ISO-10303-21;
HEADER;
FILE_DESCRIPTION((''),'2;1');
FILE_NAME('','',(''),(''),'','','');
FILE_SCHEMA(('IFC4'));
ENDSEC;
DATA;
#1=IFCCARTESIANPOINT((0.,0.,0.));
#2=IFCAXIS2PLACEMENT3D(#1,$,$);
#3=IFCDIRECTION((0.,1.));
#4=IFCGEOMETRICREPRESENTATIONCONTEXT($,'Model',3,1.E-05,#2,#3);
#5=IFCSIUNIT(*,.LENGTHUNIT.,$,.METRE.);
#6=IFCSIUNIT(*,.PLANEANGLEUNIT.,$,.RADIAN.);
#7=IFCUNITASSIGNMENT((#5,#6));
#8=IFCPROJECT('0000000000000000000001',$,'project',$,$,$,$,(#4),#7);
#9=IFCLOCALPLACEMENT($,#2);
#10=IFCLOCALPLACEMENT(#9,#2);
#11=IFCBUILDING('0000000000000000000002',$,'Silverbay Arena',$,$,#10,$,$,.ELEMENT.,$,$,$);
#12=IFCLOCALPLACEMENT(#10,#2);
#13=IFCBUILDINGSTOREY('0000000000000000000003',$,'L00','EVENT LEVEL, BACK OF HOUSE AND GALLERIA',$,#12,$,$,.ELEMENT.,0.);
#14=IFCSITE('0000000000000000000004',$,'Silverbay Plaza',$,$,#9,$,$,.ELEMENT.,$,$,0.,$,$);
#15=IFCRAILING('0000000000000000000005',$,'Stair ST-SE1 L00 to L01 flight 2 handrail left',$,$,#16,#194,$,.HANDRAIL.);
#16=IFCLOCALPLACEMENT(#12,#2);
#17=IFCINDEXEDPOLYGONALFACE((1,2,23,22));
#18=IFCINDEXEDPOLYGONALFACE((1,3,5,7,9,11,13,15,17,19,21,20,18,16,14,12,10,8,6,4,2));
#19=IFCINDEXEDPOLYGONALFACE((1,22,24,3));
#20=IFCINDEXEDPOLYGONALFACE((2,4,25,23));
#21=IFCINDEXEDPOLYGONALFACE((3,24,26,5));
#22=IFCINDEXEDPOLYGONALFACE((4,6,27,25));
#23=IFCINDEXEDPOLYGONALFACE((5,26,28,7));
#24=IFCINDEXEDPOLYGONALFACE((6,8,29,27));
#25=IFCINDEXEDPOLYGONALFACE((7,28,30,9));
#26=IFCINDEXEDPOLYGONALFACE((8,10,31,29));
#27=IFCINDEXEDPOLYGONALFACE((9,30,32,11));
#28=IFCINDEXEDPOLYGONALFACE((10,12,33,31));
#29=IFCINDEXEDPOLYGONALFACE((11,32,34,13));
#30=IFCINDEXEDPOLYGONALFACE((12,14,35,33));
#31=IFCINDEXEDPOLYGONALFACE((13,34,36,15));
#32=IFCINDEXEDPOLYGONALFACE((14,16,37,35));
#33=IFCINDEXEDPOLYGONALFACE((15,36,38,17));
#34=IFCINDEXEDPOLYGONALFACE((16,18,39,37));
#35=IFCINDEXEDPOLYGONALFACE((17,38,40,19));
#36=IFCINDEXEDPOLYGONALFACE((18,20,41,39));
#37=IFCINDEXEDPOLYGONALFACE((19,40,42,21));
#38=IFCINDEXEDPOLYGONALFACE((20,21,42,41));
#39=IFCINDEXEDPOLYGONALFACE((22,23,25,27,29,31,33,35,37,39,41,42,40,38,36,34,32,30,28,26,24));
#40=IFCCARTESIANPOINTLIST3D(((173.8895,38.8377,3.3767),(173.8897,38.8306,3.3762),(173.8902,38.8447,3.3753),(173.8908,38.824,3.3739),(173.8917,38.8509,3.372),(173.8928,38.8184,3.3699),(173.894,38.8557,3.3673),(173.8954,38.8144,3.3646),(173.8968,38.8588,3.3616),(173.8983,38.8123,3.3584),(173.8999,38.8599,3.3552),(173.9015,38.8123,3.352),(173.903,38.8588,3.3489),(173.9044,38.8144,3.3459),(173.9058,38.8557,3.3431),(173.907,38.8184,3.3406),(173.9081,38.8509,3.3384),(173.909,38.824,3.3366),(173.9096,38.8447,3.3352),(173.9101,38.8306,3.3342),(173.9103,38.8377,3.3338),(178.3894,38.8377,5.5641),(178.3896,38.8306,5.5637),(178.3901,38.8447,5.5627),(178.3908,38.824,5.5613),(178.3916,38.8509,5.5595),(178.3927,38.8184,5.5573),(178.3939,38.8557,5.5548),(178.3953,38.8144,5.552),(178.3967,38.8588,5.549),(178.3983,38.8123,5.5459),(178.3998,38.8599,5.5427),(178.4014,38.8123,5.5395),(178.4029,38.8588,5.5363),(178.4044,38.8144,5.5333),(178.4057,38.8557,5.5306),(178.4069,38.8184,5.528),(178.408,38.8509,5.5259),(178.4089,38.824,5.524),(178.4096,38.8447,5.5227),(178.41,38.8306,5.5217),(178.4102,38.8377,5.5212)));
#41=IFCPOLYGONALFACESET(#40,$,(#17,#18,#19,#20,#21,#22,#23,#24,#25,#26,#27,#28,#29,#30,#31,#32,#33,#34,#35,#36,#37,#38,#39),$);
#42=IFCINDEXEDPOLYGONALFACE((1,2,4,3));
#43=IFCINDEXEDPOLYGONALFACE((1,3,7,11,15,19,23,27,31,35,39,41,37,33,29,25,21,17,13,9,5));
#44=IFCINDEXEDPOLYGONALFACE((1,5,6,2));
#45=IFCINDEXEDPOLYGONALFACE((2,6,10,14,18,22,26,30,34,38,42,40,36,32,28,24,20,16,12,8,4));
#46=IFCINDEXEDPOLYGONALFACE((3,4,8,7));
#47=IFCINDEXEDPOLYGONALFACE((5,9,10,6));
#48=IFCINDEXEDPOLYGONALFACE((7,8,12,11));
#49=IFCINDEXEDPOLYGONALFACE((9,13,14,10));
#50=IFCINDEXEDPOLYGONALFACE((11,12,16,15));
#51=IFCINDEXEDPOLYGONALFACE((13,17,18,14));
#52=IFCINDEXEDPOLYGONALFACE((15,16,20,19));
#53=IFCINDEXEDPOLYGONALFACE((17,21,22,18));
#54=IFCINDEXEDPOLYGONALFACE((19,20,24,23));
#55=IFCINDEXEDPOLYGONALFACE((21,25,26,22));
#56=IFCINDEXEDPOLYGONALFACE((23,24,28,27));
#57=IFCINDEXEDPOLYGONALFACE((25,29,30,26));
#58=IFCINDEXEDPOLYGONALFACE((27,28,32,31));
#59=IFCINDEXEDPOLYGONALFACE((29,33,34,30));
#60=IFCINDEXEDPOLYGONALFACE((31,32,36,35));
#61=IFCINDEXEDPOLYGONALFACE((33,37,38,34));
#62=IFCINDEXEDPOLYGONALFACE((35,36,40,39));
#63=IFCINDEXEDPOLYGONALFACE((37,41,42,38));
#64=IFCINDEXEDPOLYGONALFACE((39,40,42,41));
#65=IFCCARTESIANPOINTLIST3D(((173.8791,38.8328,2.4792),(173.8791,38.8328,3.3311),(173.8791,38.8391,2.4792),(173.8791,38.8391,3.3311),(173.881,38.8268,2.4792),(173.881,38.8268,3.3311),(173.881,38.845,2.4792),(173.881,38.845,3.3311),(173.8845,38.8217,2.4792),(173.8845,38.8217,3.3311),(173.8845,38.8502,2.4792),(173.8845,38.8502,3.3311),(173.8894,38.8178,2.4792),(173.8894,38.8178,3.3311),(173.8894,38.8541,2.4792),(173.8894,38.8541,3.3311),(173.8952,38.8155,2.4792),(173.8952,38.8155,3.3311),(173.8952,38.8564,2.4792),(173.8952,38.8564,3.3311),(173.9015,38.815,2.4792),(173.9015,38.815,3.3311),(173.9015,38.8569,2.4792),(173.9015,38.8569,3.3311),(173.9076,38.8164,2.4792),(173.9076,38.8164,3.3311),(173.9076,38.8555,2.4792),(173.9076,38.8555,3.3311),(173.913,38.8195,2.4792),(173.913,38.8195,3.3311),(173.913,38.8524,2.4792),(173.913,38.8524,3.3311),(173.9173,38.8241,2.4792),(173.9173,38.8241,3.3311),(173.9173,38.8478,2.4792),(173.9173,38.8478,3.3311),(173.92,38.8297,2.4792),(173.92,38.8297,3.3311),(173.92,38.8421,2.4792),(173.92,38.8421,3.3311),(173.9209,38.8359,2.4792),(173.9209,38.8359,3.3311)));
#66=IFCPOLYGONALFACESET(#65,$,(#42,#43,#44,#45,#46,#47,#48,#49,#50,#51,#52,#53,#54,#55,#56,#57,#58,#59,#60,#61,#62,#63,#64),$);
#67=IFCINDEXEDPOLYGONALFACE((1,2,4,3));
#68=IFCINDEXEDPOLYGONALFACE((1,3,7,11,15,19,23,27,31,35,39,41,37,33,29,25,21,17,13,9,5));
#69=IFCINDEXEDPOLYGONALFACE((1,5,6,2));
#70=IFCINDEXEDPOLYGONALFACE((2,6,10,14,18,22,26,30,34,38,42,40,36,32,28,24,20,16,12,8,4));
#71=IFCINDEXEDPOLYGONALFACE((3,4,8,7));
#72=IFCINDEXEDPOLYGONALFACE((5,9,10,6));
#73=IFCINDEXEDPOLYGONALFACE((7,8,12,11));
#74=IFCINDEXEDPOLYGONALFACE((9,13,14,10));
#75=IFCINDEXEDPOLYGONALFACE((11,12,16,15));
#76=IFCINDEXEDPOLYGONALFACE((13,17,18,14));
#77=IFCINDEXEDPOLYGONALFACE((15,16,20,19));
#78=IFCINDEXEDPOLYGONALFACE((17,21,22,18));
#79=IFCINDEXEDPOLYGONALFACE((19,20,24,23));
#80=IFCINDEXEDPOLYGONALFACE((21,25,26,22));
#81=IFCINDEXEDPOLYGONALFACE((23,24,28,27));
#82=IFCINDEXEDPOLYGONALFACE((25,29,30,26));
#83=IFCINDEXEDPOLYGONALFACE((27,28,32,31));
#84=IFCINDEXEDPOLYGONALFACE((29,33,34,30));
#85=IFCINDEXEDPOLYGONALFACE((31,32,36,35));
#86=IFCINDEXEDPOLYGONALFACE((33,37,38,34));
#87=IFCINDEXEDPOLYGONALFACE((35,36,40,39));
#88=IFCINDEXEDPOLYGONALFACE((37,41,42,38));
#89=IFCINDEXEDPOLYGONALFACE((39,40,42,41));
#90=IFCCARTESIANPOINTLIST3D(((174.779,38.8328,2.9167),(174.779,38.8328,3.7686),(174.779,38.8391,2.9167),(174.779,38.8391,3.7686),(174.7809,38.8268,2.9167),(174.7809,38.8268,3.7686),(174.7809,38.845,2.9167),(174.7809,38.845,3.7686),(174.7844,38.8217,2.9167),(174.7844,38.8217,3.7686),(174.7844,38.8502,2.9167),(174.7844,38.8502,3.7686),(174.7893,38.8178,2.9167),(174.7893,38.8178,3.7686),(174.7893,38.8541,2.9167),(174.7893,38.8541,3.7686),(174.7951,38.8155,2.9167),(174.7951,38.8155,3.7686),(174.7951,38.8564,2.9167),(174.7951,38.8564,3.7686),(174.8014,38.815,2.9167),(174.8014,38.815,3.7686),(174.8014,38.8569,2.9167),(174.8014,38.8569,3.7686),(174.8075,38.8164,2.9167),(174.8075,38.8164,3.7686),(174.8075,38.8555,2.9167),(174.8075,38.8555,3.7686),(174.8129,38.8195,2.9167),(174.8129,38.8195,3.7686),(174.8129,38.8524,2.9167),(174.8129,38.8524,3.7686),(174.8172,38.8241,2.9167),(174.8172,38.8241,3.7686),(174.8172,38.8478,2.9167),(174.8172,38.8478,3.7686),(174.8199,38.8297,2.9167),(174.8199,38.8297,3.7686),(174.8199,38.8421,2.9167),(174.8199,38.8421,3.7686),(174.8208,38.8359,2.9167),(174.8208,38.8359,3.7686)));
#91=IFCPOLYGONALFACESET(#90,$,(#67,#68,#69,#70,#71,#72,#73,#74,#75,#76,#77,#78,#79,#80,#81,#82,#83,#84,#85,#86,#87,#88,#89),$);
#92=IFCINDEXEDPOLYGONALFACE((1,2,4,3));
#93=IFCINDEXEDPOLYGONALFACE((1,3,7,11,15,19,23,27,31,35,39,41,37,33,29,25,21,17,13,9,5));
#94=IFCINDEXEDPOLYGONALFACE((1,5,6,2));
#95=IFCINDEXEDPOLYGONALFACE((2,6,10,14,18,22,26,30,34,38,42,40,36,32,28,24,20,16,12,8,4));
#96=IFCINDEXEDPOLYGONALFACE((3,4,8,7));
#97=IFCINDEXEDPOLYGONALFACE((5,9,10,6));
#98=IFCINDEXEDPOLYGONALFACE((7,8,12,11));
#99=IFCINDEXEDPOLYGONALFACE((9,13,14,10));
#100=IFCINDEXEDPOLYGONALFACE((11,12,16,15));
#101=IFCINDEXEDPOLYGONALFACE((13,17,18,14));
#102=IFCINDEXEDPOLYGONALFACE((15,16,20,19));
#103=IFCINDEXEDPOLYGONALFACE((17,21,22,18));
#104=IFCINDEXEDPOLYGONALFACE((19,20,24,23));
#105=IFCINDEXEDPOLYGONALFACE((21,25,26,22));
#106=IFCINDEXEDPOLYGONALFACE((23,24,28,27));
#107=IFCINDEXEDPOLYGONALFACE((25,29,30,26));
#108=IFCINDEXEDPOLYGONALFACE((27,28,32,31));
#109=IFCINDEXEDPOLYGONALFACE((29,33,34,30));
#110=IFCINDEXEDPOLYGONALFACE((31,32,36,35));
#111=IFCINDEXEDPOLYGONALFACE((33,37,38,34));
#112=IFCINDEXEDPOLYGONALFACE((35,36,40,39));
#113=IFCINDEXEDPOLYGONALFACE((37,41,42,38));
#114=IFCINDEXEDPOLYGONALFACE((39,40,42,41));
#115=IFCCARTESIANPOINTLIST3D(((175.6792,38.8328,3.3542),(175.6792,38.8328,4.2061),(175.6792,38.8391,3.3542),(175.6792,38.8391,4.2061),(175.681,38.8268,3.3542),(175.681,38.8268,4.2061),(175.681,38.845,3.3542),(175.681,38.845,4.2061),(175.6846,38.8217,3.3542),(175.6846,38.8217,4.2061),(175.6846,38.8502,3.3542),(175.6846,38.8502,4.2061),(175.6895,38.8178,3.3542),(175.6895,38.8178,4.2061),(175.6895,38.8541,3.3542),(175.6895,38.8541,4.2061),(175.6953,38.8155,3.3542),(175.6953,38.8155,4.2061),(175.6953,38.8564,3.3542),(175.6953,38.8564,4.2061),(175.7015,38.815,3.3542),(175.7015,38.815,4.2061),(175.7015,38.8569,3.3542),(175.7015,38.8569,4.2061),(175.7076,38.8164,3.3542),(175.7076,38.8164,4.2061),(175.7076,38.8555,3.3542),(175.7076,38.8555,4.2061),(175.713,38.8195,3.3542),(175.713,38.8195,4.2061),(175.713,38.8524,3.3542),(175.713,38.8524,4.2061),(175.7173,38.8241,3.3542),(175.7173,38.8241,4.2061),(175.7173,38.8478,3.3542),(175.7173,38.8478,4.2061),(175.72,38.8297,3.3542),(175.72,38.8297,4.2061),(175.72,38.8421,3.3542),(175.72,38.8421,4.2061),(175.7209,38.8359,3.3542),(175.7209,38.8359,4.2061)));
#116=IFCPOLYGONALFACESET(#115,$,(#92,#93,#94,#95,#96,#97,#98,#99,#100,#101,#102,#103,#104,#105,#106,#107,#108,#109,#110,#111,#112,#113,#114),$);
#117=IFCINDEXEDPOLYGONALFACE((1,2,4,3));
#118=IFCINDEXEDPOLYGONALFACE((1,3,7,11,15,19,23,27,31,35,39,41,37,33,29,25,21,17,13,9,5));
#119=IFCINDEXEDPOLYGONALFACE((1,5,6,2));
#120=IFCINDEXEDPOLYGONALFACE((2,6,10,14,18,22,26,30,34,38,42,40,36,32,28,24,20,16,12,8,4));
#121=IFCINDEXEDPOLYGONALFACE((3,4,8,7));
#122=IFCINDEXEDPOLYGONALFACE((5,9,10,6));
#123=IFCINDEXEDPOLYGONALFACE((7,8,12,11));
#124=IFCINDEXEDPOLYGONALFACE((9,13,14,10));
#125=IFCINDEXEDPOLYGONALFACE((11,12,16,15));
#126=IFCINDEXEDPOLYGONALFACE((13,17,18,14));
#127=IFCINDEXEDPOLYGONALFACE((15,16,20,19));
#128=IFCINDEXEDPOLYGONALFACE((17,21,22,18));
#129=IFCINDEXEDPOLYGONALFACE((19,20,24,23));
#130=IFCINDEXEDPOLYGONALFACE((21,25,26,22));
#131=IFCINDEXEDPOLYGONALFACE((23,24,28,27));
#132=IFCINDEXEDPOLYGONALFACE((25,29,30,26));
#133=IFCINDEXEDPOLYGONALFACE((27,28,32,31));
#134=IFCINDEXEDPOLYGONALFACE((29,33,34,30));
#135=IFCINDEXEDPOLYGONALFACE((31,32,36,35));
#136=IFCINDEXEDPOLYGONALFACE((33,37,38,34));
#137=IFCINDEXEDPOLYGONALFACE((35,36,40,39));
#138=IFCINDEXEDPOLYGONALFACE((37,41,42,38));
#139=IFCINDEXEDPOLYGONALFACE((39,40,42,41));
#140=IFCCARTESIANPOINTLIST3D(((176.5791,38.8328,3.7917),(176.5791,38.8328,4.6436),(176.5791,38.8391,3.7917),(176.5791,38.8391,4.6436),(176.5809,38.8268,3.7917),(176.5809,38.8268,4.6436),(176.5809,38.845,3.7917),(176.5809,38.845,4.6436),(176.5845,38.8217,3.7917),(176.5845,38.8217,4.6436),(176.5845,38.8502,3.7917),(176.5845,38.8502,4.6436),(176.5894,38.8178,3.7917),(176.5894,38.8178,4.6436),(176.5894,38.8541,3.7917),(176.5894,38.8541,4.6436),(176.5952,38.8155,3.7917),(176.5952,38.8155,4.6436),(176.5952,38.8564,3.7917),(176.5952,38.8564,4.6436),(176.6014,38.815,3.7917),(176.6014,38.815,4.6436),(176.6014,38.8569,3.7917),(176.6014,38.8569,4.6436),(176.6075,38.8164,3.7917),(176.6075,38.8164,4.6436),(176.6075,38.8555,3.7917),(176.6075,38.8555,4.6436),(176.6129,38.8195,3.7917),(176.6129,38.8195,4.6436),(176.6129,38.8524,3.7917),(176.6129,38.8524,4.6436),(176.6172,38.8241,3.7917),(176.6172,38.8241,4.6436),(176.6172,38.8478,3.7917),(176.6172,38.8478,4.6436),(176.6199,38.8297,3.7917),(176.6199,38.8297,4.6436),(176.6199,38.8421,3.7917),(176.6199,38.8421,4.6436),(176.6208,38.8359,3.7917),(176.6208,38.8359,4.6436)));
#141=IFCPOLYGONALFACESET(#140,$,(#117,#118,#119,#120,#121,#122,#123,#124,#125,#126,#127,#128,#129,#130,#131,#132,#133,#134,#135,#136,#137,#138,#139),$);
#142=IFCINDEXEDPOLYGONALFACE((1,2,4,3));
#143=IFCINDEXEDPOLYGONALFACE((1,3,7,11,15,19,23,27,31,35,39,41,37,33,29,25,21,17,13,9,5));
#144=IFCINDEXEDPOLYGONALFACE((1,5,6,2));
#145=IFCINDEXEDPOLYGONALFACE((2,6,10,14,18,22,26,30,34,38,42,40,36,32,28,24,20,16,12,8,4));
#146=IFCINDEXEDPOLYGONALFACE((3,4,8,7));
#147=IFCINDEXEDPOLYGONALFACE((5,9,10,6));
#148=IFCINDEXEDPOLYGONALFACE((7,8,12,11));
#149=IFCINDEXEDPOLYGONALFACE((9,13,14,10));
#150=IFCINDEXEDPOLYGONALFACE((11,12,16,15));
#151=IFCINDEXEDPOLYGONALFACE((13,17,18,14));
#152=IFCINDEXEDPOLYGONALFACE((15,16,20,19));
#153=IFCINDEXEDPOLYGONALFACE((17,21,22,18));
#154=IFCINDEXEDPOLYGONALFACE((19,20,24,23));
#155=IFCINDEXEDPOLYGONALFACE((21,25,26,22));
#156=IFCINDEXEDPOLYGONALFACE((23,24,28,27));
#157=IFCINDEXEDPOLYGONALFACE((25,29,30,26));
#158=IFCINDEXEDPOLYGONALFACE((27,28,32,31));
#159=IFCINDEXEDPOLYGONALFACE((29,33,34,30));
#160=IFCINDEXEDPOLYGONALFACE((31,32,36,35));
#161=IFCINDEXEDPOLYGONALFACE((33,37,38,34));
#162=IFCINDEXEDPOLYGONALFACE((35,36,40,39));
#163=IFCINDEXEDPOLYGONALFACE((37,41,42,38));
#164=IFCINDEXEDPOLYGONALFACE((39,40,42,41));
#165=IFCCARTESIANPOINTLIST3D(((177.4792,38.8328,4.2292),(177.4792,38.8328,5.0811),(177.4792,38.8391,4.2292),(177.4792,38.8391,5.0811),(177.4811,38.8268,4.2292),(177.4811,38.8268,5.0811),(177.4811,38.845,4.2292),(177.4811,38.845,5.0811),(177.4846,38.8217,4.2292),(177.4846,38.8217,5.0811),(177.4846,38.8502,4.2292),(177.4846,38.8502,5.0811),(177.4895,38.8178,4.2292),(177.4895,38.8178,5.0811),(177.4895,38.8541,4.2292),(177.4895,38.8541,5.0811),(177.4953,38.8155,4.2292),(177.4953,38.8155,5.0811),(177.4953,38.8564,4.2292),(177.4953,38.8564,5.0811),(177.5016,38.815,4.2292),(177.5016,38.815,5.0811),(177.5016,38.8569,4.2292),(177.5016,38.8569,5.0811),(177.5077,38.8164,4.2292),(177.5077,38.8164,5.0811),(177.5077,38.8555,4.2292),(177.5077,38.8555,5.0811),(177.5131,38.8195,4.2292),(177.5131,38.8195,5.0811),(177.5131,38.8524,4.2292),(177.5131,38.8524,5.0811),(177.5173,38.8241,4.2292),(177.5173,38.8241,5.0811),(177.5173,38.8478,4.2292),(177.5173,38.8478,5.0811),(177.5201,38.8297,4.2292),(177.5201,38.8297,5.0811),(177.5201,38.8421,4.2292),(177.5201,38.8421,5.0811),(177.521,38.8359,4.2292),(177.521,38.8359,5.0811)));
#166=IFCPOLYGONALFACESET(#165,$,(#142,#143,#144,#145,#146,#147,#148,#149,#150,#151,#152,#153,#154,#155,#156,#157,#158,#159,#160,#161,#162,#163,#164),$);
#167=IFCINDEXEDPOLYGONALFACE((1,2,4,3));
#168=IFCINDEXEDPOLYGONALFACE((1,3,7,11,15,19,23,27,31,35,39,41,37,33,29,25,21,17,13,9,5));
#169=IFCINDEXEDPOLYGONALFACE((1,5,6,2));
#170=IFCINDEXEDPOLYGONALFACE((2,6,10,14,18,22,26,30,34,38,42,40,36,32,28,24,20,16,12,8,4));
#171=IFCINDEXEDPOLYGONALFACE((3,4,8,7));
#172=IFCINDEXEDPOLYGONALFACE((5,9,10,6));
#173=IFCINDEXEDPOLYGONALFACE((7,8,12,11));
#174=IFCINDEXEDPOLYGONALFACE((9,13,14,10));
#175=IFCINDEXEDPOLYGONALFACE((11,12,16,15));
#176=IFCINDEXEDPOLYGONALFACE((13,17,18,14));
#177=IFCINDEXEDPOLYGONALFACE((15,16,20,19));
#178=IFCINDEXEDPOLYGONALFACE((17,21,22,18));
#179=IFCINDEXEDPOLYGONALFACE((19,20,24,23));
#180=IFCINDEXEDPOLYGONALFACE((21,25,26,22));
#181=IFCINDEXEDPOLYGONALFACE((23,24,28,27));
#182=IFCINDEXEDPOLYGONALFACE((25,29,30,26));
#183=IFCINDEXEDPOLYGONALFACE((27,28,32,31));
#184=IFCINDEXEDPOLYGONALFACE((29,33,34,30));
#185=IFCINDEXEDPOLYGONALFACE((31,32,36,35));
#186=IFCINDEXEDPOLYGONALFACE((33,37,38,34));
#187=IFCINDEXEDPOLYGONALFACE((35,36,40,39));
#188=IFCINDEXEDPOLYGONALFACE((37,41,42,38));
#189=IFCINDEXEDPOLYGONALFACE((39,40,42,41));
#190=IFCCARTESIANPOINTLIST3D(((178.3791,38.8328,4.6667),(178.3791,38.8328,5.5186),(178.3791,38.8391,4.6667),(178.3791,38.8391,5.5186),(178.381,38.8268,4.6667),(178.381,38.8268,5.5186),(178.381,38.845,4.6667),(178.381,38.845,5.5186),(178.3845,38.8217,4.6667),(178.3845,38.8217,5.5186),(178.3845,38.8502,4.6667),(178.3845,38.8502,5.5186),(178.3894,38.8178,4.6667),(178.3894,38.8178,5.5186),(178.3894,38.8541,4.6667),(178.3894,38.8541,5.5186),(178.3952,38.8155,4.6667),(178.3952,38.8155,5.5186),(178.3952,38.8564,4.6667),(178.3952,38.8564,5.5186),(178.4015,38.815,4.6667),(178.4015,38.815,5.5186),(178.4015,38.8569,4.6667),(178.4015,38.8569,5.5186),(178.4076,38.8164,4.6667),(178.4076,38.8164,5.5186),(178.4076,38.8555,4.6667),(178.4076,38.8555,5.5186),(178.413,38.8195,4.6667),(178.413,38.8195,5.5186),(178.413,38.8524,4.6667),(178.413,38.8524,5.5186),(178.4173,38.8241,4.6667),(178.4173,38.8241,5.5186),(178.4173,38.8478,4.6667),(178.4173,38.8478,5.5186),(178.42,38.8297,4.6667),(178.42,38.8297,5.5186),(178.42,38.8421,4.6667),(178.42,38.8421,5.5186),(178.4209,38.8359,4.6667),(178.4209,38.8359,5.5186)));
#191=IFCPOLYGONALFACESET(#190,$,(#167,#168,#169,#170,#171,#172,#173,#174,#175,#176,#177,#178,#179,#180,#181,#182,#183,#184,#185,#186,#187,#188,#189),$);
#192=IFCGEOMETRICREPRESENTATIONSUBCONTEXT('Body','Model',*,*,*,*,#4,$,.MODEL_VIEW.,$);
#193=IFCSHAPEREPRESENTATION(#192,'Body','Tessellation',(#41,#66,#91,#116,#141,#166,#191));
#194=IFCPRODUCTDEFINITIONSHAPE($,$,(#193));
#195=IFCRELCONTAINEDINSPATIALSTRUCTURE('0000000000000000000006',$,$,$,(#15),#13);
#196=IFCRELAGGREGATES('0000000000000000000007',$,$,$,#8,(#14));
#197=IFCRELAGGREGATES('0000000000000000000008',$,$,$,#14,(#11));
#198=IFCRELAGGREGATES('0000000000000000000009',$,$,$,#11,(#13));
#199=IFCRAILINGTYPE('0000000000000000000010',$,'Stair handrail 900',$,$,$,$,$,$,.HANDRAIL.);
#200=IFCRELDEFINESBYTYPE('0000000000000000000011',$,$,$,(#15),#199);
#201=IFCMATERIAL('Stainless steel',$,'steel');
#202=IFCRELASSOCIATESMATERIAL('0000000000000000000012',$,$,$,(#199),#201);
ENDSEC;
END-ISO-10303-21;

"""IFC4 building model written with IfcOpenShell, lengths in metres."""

from ifc_helpers import new_model, si_unit, direction, frame, origin, origin_2d, place, context, subcontext, project, spatial, circle, extrude, material, type_object, element, save


model = new_model("IFC4")

# Units and contexts
model_context = context("Model", 3, precision=1e-05, world=origin(), true_north=direction((0.0, 1.0)))
body_context = subcontext(model_context, "Body", "Model", "MODEL_VIEW")
ifc_project = project(units=[si_unit("LENGTHUNIT", "METRE"), si_unit("PLANEANGLEUNIT", "RADIAN")], contexts=[model_context])

# Site, building, storey
site_placement = place(None, origin())
site = spatial("IfcSite", under=ifc_project, at=site_placement, Name="Silverbay Plaza", CompositionType="ELEMENT", RefElevation=0.0)
building_placement = place(site_placement, origin())
building = spatial("IfcBuilding", under=site, at=building_placement, Name="Silverbay Arena", CompositionType="ELEMENT")
storey_placement = place(building_placement, origin())
storey = spatial("IfcBuildingStorey", under=building, at=storey_placement, Name="L00", Description="EVENT LEVEL, BACK OF HOUSE AND GALLERIA", CompositionType="ELEMENT", Elevation=0.0)

# Railing
ifc_material_1 = material(Name="Stainless steel", Category="steel")
railing_type_1 = type_object("IfcRailingType", Name="Stair handrail 900", PredefinedType="HANDRAIL", material=ifc_material_1)
for number, where, name in (
    (1, (173.8999, 38.8359, 2.4792), "Stair ST-SE1 L00 to L01 flight 2 handrail left"),
):
    element("IfcRailing", number, at=place(storey_placement, frame(where)), inside=storey, type_object=railing_type_1, Name=name, PredefinedType="HANDRAIL", context=body_context, shape_type="SweptSolid", body=[
        extrude(circle(Radius=0.0239, at=origin_2d()), frame((0.0, 0.0, 0.876), z_axis=(0.899368, 0.0, 0.437193), x_axis=(0.0, 1.0, 0.0)), (0.0, 0.0, 1.0), 5.0034),
        extrude(circle(Radius=0.021, at=origin_2d()), origin(), (0.0, 0.0, 1.0), 0.8518),
        extrude(circle(Radius=0.021, at=origin_2d()), frame((0.8999, 0.0, 0.4375)), (0.0, 0.0, 1.0), 0.8518),
        extrude(circle(Radius=0.021, at=origin_2d()), frame((1.8, 0.0, 0.875)), (0.0, 0.0, 1.0), 0.8518),
        extrude(circle(Radius=0.021, at=origin_2d()), frame((2.7, 0.0, 1.3125)), (0.0, 0.0, 1.0), 0.8518),
        extrude(circle(Radius=0.021, at=origin_2d()), frame((3.6001, 0.0, 1.75)), (0.0, 0.0, 1.0), 0.8518),
        extrude(circle(Radius=0.021, at=origin_2d()), frame((4.5, 0.0, 2.1875)), (0.0, 0.0, 1.0), 0.8518),
    ])

save(model, "model.ifc")
